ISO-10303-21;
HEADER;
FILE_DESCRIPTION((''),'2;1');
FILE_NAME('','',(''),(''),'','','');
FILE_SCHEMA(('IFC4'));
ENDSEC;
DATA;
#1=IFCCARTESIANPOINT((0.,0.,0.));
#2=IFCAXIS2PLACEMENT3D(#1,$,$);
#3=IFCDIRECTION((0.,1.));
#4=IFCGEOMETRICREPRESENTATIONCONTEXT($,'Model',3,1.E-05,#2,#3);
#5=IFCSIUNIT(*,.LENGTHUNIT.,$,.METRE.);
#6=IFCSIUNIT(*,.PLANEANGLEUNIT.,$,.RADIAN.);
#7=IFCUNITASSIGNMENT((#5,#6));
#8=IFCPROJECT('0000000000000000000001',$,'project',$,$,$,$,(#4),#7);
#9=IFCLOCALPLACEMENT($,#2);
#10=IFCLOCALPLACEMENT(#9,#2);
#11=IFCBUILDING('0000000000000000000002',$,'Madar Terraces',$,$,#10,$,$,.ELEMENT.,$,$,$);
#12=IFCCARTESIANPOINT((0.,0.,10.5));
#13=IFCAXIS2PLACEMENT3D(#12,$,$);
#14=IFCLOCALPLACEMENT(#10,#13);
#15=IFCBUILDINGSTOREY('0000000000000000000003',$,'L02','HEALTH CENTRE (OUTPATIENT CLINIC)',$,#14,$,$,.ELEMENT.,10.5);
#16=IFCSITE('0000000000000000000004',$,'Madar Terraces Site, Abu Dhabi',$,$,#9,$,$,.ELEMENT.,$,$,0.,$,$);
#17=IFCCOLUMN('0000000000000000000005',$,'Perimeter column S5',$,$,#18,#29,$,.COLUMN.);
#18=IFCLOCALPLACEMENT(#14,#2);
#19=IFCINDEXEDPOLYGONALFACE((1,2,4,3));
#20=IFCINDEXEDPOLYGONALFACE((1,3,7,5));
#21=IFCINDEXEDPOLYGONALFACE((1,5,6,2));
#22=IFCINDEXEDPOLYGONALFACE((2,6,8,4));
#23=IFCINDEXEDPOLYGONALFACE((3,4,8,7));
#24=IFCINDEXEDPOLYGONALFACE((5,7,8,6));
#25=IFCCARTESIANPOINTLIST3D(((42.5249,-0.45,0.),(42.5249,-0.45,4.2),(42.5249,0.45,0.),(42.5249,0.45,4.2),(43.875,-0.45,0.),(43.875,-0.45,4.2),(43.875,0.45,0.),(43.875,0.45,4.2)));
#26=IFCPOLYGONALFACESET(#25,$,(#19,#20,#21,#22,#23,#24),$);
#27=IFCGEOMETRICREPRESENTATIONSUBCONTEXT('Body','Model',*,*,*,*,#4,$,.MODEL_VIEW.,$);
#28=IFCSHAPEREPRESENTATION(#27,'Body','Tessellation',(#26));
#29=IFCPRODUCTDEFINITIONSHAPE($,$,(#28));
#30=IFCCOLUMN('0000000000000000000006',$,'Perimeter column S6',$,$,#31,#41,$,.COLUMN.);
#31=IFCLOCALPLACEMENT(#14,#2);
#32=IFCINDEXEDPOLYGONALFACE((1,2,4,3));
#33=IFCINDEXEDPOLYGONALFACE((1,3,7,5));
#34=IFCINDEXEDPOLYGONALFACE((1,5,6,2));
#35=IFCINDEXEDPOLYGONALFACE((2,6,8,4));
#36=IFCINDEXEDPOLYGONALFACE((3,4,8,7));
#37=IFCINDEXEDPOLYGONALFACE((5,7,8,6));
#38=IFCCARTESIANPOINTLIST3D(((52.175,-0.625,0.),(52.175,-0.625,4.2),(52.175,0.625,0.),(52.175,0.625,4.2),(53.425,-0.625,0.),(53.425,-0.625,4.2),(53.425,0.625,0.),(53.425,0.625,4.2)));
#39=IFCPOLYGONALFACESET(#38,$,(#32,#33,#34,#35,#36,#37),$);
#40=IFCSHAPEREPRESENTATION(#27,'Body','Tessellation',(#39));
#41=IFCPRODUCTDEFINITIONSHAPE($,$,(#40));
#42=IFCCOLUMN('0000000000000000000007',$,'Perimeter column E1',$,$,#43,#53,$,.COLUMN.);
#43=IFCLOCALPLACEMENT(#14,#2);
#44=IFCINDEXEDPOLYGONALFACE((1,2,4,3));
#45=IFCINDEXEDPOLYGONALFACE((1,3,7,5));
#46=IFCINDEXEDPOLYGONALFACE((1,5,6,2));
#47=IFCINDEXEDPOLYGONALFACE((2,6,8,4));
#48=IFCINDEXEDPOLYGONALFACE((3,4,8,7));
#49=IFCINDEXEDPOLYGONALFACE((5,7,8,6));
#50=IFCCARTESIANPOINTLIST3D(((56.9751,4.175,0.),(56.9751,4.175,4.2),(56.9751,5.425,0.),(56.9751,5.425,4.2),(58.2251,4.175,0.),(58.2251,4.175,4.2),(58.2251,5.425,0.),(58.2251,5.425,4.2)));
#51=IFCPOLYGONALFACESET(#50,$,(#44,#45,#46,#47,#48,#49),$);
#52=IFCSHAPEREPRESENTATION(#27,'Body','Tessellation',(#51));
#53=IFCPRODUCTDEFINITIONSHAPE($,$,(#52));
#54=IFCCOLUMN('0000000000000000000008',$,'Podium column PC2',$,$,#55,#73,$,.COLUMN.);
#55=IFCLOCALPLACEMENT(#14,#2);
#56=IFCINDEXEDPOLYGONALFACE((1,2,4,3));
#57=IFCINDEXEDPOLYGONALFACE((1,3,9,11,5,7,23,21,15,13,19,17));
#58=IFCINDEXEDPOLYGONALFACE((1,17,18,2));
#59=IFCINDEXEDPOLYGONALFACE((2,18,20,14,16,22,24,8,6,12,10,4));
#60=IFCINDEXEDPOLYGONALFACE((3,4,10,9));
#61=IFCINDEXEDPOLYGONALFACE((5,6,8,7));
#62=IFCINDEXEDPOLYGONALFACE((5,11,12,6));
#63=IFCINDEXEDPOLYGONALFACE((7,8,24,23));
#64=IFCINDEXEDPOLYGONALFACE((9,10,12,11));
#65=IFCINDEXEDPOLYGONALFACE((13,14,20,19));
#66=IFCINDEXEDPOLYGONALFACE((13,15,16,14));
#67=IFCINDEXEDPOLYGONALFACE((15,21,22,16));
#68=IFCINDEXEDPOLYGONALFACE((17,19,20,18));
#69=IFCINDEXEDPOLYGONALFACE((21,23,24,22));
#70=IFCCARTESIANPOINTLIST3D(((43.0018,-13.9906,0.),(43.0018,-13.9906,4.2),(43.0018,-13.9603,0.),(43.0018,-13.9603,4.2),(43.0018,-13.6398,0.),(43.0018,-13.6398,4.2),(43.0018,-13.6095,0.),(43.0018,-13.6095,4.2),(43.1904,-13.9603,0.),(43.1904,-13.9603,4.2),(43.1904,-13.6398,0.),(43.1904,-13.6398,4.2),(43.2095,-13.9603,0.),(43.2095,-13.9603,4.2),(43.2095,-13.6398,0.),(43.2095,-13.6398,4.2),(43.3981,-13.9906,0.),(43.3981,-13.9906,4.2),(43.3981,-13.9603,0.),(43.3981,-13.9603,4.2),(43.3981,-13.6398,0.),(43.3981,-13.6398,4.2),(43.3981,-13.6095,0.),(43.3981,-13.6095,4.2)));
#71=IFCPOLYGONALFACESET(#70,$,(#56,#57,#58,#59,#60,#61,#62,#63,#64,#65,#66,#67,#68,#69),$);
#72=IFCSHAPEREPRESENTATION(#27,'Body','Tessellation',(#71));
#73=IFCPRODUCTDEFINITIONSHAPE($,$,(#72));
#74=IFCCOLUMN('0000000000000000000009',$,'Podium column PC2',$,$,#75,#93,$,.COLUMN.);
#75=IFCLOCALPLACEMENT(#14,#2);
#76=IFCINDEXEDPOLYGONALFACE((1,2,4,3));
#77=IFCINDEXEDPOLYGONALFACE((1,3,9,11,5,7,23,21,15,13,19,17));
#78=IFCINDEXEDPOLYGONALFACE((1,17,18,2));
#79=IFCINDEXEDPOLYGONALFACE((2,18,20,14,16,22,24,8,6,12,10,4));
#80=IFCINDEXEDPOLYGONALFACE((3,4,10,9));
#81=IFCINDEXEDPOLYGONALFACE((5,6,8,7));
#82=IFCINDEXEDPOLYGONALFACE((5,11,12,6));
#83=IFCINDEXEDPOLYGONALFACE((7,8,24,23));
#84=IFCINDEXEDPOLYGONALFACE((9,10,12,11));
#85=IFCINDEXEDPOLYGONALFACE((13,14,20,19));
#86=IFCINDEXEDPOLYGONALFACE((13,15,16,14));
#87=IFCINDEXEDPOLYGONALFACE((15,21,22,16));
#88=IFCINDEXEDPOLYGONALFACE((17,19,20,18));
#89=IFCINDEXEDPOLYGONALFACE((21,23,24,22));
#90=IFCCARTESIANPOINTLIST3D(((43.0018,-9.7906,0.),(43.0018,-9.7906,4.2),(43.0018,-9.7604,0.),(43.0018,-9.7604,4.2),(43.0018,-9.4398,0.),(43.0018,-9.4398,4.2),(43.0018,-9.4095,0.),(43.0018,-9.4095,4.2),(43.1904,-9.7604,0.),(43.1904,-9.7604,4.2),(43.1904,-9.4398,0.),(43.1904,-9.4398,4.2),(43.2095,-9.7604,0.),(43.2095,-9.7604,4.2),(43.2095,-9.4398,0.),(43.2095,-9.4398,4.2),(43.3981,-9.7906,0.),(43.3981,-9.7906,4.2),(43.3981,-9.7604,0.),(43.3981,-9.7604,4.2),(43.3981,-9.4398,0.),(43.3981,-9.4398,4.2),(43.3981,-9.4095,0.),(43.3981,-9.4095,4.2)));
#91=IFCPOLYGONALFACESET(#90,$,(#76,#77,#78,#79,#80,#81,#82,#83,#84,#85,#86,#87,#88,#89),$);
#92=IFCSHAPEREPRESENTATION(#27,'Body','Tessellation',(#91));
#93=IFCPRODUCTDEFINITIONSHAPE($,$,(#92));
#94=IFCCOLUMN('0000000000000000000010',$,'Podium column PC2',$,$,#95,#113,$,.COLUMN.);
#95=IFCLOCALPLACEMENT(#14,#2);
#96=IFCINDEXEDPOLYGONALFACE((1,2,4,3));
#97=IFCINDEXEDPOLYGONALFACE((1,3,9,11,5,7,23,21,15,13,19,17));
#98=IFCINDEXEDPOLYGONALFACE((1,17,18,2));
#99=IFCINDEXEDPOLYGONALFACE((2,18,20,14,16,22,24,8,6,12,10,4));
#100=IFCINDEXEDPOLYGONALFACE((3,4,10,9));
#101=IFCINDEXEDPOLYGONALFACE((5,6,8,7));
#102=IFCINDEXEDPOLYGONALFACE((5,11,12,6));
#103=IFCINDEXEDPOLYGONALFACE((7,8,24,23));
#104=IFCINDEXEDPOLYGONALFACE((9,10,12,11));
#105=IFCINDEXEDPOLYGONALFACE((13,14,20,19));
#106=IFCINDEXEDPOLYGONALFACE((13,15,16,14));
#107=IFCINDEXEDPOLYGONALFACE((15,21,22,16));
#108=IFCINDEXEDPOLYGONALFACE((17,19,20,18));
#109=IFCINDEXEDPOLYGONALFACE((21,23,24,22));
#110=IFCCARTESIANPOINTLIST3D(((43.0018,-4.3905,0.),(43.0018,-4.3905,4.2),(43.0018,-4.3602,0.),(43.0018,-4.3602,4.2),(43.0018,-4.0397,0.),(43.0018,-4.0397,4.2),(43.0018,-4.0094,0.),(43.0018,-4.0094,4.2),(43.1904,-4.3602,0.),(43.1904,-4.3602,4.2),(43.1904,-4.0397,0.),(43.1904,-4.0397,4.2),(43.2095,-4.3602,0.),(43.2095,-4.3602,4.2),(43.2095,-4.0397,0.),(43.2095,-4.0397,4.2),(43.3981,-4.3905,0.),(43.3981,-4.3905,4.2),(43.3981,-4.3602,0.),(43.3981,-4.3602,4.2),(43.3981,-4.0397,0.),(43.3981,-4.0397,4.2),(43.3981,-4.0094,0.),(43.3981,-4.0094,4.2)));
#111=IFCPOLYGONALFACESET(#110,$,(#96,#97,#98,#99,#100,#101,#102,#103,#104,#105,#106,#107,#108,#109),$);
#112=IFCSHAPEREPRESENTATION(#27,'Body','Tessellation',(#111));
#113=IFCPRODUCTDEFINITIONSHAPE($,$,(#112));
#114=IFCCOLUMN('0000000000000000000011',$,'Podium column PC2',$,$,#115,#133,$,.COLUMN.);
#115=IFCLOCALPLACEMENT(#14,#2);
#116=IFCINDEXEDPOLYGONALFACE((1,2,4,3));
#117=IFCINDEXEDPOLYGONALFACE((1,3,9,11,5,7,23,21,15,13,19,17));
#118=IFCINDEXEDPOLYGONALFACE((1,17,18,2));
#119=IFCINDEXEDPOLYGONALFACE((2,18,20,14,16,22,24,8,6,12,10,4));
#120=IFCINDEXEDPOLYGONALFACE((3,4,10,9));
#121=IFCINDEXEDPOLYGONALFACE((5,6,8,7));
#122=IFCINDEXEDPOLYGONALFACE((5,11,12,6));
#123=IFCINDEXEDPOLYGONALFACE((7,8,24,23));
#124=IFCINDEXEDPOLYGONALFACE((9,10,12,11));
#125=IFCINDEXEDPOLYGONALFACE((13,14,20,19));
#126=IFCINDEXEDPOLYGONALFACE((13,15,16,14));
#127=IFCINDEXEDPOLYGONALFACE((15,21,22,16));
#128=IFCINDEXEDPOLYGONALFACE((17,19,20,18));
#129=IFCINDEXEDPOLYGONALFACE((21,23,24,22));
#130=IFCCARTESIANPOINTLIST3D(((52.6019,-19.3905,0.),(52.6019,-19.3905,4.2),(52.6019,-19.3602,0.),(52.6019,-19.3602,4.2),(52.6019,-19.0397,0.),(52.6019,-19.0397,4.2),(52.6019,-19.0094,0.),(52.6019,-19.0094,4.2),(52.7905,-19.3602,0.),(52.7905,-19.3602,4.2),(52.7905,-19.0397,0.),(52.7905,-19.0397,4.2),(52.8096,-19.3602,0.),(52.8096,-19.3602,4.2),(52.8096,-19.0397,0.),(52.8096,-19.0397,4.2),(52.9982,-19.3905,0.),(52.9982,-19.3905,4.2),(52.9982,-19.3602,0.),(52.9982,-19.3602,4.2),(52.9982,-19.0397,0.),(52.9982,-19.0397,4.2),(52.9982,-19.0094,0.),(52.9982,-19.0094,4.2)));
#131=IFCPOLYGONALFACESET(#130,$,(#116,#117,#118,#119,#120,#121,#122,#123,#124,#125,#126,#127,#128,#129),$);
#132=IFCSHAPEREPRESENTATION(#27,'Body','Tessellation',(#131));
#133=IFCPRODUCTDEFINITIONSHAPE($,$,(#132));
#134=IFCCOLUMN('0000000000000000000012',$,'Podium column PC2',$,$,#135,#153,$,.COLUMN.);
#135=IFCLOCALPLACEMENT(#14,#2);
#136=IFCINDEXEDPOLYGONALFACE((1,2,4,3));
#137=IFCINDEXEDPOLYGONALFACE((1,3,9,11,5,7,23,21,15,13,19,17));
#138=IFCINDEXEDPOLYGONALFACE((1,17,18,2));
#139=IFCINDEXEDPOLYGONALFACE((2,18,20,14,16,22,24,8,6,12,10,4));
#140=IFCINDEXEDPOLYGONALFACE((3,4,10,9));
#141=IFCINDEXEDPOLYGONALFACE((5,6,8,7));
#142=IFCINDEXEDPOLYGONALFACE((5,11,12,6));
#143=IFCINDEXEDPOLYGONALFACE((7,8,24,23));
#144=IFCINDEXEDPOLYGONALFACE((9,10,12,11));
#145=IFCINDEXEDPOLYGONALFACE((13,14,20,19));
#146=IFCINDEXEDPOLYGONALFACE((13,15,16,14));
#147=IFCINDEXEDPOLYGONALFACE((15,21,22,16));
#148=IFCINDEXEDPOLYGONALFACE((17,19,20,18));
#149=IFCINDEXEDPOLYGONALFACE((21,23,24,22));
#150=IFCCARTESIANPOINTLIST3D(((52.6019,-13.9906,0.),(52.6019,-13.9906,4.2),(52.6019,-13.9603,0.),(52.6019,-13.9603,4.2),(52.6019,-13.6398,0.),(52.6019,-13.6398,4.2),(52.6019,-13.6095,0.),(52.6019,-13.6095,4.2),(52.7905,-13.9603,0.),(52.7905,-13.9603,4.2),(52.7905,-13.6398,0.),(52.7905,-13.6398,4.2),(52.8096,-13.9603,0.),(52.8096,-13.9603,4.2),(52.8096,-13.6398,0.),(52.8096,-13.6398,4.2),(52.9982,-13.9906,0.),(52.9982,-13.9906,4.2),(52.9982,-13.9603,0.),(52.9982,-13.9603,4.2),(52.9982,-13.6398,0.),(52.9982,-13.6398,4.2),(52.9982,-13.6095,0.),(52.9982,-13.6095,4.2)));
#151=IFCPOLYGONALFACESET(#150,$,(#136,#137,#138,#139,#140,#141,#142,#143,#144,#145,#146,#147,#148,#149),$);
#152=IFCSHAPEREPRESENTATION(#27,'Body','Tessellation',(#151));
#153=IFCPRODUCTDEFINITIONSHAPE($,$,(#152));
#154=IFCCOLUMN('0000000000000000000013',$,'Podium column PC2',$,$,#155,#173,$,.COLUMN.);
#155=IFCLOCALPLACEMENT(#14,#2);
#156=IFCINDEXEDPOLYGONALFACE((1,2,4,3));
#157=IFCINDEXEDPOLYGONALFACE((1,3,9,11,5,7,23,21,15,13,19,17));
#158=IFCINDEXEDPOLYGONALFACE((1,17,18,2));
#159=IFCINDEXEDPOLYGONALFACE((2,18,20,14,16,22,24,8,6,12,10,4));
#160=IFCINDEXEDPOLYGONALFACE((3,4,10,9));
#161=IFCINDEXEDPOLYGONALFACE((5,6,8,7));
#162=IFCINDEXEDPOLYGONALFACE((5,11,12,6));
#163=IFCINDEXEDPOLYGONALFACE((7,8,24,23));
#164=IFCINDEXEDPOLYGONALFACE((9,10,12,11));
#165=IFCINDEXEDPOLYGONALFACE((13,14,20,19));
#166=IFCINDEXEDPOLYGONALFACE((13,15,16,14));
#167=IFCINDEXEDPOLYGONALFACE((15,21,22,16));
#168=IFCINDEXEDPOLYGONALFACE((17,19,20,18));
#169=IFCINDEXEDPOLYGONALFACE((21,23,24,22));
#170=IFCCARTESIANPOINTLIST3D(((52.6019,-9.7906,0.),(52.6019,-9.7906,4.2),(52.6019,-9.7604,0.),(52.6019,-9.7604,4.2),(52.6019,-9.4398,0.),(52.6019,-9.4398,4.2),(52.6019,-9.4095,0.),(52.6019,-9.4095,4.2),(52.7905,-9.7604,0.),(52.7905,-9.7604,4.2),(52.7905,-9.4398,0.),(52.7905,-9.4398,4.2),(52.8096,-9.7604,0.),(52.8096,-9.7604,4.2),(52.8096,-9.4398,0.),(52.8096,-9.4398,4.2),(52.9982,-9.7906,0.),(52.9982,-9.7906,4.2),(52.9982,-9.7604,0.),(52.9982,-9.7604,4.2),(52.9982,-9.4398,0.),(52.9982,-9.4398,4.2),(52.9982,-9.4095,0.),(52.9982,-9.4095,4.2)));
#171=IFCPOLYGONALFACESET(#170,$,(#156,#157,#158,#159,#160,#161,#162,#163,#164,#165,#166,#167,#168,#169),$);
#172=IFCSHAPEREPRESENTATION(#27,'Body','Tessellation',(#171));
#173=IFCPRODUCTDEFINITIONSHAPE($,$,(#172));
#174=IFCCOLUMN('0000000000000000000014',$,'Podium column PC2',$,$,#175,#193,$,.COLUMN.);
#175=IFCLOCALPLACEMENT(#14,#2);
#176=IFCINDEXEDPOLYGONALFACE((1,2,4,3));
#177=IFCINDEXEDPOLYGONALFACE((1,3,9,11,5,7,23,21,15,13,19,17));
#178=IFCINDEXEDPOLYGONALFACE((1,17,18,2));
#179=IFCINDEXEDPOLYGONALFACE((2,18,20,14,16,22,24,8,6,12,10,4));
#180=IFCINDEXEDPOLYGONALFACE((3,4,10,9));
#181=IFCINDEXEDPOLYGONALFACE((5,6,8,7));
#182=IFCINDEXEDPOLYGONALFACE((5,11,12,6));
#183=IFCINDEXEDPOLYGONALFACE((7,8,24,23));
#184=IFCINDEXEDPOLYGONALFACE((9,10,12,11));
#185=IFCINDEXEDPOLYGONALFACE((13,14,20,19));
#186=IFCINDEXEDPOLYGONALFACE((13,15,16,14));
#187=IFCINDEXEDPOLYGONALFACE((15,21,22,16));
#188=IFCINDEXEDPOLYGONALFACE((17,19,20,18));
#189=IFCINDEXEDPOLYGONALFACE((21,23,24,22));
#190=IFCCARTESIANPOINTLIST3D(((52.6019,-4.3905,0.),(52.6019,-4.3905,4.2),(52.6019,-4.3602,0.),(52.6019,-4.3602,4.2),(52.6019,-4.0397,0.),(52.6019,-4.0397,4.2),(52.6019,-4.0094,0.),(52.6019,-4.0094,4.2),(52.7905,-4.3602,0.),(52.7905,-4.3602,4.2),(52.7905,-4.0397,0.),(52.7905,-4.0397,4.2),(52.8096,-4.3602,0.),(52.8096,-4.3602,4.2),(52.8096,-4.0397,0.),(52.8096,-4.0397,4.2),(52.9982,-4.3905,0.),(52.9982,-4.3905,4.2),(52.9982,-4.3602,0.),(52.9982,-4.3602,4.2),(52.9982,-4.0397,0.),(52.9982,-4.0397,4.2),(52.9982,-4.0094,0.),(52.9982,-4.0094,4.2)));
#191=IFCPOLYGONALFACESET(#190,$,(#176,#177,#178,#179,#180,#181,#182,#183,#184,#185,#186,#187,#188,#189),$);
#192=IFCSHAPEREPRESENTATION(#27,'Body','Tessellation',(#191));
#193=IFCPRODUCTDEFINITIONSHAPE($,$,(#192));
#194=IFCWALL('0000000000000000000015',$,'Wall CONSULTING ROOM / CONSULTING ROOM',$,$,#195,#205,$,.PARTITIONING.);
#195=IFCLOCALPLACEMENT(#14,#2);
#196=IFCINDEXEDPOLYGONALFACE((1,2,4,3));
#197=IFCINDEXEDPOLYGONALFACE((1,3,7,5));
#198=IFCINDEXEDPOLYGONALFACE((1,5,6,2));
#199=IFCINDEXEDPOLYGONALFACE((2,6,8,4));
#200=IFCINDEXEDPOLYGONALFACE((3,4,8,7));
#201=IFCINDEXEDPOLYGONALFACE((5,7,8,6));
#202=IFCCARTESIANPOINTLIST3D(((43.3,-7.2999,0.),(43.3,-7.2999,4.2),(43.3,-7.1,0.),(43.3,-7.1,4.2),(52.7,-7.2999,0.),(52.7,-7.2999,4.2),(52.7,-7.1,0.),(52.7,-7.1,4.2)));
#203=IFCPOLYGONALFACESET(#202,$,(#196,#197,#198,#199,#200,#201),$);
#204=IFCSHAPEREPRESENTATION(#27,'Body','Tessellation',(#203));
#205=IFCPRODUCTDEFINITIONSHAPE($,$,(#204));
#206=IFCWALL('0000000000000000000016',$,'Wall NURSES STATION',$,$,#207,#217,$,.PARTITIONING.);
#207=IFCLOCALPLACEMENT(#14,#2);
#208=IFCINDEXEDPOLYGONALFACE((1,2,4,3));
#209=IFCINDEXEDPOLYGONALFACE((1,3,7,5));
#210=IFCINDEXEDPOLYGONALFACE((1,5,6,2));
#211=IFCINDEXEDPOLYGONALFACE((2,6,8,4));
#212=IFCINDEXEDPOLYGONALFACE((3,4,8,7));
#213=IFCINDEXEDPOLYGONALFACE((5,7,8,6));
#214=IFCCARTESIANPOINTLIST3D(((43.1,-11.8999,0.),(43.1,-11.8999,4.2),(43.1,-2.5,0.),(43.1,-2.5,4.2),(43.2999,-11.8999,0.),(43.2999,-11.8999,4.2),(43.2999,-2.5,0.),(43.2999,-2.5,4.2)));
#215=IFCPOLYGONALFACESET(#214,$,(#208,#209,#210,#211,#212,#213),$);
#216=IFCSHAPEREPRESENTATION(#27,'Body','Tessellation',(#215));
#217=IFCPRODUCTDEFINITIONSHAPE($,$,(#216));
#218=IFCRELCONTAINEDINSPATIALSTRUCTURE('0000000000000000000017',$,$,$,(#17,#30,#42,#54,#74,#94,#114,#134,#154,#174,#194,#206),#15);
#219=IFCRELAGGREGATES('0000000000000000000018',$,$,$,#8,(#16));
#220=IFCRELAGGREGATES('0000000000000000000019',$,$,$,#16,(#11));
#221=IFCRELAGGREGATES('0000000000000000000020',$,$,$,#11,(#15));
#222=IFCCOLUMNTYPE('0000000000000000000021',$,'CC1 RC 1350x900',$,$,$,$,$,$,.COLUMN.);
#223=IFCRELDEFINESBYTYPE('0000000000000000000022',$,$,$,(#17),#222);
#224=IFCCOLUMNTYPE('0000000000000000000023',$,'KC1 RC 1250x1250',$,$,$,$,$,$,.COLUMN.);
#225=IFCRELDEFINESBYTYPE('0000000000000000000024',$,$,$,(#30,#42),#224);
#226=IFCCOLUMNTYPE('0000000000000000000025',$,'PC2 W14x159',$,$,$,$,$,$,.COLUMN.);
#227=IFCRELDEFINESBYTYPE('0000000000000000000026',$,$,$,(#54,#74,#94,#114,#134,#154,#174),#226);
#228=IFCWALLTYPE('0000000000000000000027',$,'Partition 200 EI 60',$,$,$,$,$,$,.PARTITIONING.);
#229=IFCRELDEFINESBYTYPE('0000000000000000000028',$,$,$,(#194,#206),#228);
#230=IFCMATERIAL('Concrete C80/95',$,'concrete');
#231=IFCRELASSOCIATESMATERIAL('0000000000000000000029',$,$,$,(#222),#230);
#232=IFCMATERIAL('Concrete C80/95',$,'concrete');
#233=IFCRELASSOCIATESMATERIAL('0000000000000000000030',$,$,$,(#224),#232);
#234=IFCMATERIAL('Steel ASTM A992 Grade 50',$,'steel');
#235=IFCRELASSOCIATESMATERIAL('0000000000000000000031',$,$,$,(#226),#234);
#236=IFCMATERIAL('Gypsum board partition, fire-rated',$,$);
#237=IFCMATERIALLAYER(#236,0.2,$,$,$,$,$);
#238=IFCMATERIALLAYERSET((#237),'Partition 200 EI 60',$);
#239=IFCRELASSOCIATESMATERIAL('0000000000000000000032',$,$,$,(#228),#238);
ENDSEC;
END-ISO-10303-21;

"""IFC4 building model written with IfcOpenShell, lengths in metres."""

from ifc_helpers import new_model, si_unit, direction, frame, frame_2d, origin, origin_2d, place, context, subcontext, project, spatial, rectangle, i_section, extrude, material, layer, layer_set, material_profile, profile_set, type_object, element, save


model = new_model("IFC4")

# Units and contexts
model_context = context("Model", 3, precision=1e-05, world=origin(), true_north=direction((0.0, 1.0)))
body_context = subcontext(model_context, "Body", "Model", "MODEL_VIEW")
ifc_project = project(units=[si_unit("LENGTHUNIT", "METRE"), si_unit("PLANEANGLEUNIT", "RADIAN")], contexts=[model_context])

# Site, building, storey
site_placement = place(None, origin())
site = spatial("IfcSite", under=ifc_project, at=site_placement, Name="Madar Terraces Site, Abu Dhabi", CompositionType="ELEMENT", RefElevation=0.0)
building_placement = place(site_placement, origin())
building = spatial("IfcBuilding", under=site, at=building_placement, Name="Madar Terraces", CompositionType="ELEMENT")
storey_placement = place(building_placement, frame((0.0, 0.0, 10.5)))
storey = spatial("IfcBuildingStorey", under=building, at=storey_placement, Name="L02", Description="HEALTH CENTRE (OUTPATIENT CLINIC)", CompositionType="ELEMENT", Elevation=10.5)

# Columns
ifc_material_1 = material(Name="Concrete C80/95", Category="concrete")
ifc_material_profile_1 = material_profile(ifc_material_1, rectangle(XDim=1.3501, YDim=0.8999, at=origin_2d()), Name="CC1 RC 1350x900")
ifc_profile_set_1 = profile_set([ifc_material_profile_1], Name="Concrete C80/95")
column_type_1 = type_object("IfcColumnType", Name="CC1 RC 1350x900", PredefinedType="COLUMN", material=ifc_profile_set_1)
column_placement = place(storey_placement, frame((43.2, 0.0, 0.0), z_axis=(0.0, 0.0, 1.0), x_axis=(1.0, 0.0, 0.0)))
element("IfcColumn", 1, at=column_placement, inside=storey, type_object=column_type_1, Name="Perimeter column S5", PredefinedType="COLUMN", context=body_context, shape_type="SweptSolid", body=[
    extrude(rectangle(XDim=1.3501, YDim=0.8999, at=origin_2d()), origin(), (0.0, 0.0, 1.0), 4.2),
])
ifc_material_2 = material(Name="Concrete C80/95", Category="concrete")
ifc_material_profile_2 = material_profile(ifc_material_2, rectangle(XDim=1.25, YDim=1.25, at=origin_2d()), Name="KC1 RC 1250x1250")
ifc_profile_set_2 = profile_set([ifc_material_profile_2], Name="Concrete C80/95")
column_type_2 = type_object("IfcColumnType", Name="KC1 RC 1250x1250", PredefinedType="COLUMN", material=ifc_profile_set_2)
for number, where, z_axis, x_axis, name in (
    (2, (52.8, 0.0, 0.0), (0.0, 0.0, 1.0), (1.0, 0.0, 0.0), "Perimeter column S6"),
    (3, (57.6001, 4.8, 0.0), (0.0, 0.0, 1.0), (1.0, 0.0, 0.0), "Perimeter column E1"),
):
    element("IfcColumn", number, at=place(storey_placement, frame(where, z_axis=z_axis, x_axis=x_axis)), inside=storey, type_object=column_type_2, Name=name, PredefinedType="COLUMN", context=body_context, shape_type="SweptSolid", body=[
        extrude(rectangle(XDim=1.25, YDim=1.25, at=origin_2d()), origin(), (0.0, 0.0, 1.0), 4.2),
    ])
ifc_material_3 = material(Name="Steel ASTM A992 Grade 50", Category="steel")
ifc_material_profile_3 = material_profile(ifc_material_3, i_section(OverallWidth=0.3962, OverallDepth=0.3811, WebThickness=0.019, FlangeThickness=0.0303, at=origin_2d()), Name="W14x159")
ifc_profile_set_3 = profile_set([ifc_material_profile_3], Name="Steel ASTM A992 Grade 50")
column_type_3 = type_object("IfcColumnType", Name="PC2 W14x159", PredefinedType="COLUMN", material=ifc_profile_set_3)
for number, where, z_axis, x_axis, name in (
    (4, (43.2, -13.8, 0.0), (0.0, 0.0, 1.0), (1.0, 0.0, 0.0), "Podium column PC2"),
    (5, (43.2, -9.6001, 0.0), (0.0, 0.0, 1.0), (1.0, 0.0, 0.0), "Podium column PC2"),
    (6, (43.2, -4.2, 0.0), (0.0, 0.0, 1.0), (1.0, 0.0, 0.0), "Podium column PC2"),
    (7, (52.8, -19.2, 0.0), (0.0, 0.0, 1.0), (1.0, 0.0, 0.0), "Podium column PC2"),
    (8, (52.8, -13.8, 0.0), (0.0, 0.0, 1.0), (1.0, 0.0, 0.0), "Podium column PC2"),
    (9, (52.8, -9.6001, 0.0), (0.0, 0.0, 1.0), (1.0, 0.0, 0.0), "Podium column PC2"),
    (10, (52.8, -4.2, 0.0), (0.0, 0.0, 1.0), (1.0, 0.0, 0.0), "Podium column PC2"),
):
    element("IfcColumn", number, at=place(storey_placement, frame(where, z_axis=z_axis, x_axis=x_axis)), inside=storey, type_object=column_type_3, Name=name, PredefinedType="COLUMN", context=body_context, shape_type="SweptSolid", body=[
        extrude(i_section(OverallWidth=0.3962, OverallDepth=0.3811, WebThickness=0.019, FlangeThickness=0.0303, at=origin_2d()), origin(), (0.0, 0.0, 1.0), 4.2),
    ])

# Walls
ifc_material_4 = material(Name="Gypsum board partition, fire-rated")
ifc_layer = layer(ifc_material_4, 0.2)
ifc_layer_set = layer_set([ifc_layer], Name="Partition 200 EI 60")
wall_type = type_object("IfcWallType", Name="Partition 200 EI 60", PredefinedType="PARTITIONING", material=ifc_layer_set)
for number, where, z_axis, x_axis, name in (
    (11, (43.3, -7.2, 0.0), (0.0, 0.0, 1.0), (1.0, 0.0, 0.0), "Wall CONSULTING ROOM / CONSULTING ROOM"),
    (12, (43.2, -11.8999, 0.0), (0.0, 0.0, 1.0), (0.0, 1.0, 0.0), "Wall NURSES STATION"),
):
    element("IfcWall", number, at=place(storey_placement, frame(where, z_axis=z_axis, x_axis=x_axis)), inside=storey, type_object=wall_type, Name=name, PredefinedType="PARTITIONING", context=body_context, shape_type="SweptSolid", body=[
        extrude(rectangle(XDim=9.3999, YDim=0.2, at=frame_2d((4.7, 0.0))), origin(), (0.0, 0.0, 1.0), 4.2),
    ])

save(model, "model.ifc")
